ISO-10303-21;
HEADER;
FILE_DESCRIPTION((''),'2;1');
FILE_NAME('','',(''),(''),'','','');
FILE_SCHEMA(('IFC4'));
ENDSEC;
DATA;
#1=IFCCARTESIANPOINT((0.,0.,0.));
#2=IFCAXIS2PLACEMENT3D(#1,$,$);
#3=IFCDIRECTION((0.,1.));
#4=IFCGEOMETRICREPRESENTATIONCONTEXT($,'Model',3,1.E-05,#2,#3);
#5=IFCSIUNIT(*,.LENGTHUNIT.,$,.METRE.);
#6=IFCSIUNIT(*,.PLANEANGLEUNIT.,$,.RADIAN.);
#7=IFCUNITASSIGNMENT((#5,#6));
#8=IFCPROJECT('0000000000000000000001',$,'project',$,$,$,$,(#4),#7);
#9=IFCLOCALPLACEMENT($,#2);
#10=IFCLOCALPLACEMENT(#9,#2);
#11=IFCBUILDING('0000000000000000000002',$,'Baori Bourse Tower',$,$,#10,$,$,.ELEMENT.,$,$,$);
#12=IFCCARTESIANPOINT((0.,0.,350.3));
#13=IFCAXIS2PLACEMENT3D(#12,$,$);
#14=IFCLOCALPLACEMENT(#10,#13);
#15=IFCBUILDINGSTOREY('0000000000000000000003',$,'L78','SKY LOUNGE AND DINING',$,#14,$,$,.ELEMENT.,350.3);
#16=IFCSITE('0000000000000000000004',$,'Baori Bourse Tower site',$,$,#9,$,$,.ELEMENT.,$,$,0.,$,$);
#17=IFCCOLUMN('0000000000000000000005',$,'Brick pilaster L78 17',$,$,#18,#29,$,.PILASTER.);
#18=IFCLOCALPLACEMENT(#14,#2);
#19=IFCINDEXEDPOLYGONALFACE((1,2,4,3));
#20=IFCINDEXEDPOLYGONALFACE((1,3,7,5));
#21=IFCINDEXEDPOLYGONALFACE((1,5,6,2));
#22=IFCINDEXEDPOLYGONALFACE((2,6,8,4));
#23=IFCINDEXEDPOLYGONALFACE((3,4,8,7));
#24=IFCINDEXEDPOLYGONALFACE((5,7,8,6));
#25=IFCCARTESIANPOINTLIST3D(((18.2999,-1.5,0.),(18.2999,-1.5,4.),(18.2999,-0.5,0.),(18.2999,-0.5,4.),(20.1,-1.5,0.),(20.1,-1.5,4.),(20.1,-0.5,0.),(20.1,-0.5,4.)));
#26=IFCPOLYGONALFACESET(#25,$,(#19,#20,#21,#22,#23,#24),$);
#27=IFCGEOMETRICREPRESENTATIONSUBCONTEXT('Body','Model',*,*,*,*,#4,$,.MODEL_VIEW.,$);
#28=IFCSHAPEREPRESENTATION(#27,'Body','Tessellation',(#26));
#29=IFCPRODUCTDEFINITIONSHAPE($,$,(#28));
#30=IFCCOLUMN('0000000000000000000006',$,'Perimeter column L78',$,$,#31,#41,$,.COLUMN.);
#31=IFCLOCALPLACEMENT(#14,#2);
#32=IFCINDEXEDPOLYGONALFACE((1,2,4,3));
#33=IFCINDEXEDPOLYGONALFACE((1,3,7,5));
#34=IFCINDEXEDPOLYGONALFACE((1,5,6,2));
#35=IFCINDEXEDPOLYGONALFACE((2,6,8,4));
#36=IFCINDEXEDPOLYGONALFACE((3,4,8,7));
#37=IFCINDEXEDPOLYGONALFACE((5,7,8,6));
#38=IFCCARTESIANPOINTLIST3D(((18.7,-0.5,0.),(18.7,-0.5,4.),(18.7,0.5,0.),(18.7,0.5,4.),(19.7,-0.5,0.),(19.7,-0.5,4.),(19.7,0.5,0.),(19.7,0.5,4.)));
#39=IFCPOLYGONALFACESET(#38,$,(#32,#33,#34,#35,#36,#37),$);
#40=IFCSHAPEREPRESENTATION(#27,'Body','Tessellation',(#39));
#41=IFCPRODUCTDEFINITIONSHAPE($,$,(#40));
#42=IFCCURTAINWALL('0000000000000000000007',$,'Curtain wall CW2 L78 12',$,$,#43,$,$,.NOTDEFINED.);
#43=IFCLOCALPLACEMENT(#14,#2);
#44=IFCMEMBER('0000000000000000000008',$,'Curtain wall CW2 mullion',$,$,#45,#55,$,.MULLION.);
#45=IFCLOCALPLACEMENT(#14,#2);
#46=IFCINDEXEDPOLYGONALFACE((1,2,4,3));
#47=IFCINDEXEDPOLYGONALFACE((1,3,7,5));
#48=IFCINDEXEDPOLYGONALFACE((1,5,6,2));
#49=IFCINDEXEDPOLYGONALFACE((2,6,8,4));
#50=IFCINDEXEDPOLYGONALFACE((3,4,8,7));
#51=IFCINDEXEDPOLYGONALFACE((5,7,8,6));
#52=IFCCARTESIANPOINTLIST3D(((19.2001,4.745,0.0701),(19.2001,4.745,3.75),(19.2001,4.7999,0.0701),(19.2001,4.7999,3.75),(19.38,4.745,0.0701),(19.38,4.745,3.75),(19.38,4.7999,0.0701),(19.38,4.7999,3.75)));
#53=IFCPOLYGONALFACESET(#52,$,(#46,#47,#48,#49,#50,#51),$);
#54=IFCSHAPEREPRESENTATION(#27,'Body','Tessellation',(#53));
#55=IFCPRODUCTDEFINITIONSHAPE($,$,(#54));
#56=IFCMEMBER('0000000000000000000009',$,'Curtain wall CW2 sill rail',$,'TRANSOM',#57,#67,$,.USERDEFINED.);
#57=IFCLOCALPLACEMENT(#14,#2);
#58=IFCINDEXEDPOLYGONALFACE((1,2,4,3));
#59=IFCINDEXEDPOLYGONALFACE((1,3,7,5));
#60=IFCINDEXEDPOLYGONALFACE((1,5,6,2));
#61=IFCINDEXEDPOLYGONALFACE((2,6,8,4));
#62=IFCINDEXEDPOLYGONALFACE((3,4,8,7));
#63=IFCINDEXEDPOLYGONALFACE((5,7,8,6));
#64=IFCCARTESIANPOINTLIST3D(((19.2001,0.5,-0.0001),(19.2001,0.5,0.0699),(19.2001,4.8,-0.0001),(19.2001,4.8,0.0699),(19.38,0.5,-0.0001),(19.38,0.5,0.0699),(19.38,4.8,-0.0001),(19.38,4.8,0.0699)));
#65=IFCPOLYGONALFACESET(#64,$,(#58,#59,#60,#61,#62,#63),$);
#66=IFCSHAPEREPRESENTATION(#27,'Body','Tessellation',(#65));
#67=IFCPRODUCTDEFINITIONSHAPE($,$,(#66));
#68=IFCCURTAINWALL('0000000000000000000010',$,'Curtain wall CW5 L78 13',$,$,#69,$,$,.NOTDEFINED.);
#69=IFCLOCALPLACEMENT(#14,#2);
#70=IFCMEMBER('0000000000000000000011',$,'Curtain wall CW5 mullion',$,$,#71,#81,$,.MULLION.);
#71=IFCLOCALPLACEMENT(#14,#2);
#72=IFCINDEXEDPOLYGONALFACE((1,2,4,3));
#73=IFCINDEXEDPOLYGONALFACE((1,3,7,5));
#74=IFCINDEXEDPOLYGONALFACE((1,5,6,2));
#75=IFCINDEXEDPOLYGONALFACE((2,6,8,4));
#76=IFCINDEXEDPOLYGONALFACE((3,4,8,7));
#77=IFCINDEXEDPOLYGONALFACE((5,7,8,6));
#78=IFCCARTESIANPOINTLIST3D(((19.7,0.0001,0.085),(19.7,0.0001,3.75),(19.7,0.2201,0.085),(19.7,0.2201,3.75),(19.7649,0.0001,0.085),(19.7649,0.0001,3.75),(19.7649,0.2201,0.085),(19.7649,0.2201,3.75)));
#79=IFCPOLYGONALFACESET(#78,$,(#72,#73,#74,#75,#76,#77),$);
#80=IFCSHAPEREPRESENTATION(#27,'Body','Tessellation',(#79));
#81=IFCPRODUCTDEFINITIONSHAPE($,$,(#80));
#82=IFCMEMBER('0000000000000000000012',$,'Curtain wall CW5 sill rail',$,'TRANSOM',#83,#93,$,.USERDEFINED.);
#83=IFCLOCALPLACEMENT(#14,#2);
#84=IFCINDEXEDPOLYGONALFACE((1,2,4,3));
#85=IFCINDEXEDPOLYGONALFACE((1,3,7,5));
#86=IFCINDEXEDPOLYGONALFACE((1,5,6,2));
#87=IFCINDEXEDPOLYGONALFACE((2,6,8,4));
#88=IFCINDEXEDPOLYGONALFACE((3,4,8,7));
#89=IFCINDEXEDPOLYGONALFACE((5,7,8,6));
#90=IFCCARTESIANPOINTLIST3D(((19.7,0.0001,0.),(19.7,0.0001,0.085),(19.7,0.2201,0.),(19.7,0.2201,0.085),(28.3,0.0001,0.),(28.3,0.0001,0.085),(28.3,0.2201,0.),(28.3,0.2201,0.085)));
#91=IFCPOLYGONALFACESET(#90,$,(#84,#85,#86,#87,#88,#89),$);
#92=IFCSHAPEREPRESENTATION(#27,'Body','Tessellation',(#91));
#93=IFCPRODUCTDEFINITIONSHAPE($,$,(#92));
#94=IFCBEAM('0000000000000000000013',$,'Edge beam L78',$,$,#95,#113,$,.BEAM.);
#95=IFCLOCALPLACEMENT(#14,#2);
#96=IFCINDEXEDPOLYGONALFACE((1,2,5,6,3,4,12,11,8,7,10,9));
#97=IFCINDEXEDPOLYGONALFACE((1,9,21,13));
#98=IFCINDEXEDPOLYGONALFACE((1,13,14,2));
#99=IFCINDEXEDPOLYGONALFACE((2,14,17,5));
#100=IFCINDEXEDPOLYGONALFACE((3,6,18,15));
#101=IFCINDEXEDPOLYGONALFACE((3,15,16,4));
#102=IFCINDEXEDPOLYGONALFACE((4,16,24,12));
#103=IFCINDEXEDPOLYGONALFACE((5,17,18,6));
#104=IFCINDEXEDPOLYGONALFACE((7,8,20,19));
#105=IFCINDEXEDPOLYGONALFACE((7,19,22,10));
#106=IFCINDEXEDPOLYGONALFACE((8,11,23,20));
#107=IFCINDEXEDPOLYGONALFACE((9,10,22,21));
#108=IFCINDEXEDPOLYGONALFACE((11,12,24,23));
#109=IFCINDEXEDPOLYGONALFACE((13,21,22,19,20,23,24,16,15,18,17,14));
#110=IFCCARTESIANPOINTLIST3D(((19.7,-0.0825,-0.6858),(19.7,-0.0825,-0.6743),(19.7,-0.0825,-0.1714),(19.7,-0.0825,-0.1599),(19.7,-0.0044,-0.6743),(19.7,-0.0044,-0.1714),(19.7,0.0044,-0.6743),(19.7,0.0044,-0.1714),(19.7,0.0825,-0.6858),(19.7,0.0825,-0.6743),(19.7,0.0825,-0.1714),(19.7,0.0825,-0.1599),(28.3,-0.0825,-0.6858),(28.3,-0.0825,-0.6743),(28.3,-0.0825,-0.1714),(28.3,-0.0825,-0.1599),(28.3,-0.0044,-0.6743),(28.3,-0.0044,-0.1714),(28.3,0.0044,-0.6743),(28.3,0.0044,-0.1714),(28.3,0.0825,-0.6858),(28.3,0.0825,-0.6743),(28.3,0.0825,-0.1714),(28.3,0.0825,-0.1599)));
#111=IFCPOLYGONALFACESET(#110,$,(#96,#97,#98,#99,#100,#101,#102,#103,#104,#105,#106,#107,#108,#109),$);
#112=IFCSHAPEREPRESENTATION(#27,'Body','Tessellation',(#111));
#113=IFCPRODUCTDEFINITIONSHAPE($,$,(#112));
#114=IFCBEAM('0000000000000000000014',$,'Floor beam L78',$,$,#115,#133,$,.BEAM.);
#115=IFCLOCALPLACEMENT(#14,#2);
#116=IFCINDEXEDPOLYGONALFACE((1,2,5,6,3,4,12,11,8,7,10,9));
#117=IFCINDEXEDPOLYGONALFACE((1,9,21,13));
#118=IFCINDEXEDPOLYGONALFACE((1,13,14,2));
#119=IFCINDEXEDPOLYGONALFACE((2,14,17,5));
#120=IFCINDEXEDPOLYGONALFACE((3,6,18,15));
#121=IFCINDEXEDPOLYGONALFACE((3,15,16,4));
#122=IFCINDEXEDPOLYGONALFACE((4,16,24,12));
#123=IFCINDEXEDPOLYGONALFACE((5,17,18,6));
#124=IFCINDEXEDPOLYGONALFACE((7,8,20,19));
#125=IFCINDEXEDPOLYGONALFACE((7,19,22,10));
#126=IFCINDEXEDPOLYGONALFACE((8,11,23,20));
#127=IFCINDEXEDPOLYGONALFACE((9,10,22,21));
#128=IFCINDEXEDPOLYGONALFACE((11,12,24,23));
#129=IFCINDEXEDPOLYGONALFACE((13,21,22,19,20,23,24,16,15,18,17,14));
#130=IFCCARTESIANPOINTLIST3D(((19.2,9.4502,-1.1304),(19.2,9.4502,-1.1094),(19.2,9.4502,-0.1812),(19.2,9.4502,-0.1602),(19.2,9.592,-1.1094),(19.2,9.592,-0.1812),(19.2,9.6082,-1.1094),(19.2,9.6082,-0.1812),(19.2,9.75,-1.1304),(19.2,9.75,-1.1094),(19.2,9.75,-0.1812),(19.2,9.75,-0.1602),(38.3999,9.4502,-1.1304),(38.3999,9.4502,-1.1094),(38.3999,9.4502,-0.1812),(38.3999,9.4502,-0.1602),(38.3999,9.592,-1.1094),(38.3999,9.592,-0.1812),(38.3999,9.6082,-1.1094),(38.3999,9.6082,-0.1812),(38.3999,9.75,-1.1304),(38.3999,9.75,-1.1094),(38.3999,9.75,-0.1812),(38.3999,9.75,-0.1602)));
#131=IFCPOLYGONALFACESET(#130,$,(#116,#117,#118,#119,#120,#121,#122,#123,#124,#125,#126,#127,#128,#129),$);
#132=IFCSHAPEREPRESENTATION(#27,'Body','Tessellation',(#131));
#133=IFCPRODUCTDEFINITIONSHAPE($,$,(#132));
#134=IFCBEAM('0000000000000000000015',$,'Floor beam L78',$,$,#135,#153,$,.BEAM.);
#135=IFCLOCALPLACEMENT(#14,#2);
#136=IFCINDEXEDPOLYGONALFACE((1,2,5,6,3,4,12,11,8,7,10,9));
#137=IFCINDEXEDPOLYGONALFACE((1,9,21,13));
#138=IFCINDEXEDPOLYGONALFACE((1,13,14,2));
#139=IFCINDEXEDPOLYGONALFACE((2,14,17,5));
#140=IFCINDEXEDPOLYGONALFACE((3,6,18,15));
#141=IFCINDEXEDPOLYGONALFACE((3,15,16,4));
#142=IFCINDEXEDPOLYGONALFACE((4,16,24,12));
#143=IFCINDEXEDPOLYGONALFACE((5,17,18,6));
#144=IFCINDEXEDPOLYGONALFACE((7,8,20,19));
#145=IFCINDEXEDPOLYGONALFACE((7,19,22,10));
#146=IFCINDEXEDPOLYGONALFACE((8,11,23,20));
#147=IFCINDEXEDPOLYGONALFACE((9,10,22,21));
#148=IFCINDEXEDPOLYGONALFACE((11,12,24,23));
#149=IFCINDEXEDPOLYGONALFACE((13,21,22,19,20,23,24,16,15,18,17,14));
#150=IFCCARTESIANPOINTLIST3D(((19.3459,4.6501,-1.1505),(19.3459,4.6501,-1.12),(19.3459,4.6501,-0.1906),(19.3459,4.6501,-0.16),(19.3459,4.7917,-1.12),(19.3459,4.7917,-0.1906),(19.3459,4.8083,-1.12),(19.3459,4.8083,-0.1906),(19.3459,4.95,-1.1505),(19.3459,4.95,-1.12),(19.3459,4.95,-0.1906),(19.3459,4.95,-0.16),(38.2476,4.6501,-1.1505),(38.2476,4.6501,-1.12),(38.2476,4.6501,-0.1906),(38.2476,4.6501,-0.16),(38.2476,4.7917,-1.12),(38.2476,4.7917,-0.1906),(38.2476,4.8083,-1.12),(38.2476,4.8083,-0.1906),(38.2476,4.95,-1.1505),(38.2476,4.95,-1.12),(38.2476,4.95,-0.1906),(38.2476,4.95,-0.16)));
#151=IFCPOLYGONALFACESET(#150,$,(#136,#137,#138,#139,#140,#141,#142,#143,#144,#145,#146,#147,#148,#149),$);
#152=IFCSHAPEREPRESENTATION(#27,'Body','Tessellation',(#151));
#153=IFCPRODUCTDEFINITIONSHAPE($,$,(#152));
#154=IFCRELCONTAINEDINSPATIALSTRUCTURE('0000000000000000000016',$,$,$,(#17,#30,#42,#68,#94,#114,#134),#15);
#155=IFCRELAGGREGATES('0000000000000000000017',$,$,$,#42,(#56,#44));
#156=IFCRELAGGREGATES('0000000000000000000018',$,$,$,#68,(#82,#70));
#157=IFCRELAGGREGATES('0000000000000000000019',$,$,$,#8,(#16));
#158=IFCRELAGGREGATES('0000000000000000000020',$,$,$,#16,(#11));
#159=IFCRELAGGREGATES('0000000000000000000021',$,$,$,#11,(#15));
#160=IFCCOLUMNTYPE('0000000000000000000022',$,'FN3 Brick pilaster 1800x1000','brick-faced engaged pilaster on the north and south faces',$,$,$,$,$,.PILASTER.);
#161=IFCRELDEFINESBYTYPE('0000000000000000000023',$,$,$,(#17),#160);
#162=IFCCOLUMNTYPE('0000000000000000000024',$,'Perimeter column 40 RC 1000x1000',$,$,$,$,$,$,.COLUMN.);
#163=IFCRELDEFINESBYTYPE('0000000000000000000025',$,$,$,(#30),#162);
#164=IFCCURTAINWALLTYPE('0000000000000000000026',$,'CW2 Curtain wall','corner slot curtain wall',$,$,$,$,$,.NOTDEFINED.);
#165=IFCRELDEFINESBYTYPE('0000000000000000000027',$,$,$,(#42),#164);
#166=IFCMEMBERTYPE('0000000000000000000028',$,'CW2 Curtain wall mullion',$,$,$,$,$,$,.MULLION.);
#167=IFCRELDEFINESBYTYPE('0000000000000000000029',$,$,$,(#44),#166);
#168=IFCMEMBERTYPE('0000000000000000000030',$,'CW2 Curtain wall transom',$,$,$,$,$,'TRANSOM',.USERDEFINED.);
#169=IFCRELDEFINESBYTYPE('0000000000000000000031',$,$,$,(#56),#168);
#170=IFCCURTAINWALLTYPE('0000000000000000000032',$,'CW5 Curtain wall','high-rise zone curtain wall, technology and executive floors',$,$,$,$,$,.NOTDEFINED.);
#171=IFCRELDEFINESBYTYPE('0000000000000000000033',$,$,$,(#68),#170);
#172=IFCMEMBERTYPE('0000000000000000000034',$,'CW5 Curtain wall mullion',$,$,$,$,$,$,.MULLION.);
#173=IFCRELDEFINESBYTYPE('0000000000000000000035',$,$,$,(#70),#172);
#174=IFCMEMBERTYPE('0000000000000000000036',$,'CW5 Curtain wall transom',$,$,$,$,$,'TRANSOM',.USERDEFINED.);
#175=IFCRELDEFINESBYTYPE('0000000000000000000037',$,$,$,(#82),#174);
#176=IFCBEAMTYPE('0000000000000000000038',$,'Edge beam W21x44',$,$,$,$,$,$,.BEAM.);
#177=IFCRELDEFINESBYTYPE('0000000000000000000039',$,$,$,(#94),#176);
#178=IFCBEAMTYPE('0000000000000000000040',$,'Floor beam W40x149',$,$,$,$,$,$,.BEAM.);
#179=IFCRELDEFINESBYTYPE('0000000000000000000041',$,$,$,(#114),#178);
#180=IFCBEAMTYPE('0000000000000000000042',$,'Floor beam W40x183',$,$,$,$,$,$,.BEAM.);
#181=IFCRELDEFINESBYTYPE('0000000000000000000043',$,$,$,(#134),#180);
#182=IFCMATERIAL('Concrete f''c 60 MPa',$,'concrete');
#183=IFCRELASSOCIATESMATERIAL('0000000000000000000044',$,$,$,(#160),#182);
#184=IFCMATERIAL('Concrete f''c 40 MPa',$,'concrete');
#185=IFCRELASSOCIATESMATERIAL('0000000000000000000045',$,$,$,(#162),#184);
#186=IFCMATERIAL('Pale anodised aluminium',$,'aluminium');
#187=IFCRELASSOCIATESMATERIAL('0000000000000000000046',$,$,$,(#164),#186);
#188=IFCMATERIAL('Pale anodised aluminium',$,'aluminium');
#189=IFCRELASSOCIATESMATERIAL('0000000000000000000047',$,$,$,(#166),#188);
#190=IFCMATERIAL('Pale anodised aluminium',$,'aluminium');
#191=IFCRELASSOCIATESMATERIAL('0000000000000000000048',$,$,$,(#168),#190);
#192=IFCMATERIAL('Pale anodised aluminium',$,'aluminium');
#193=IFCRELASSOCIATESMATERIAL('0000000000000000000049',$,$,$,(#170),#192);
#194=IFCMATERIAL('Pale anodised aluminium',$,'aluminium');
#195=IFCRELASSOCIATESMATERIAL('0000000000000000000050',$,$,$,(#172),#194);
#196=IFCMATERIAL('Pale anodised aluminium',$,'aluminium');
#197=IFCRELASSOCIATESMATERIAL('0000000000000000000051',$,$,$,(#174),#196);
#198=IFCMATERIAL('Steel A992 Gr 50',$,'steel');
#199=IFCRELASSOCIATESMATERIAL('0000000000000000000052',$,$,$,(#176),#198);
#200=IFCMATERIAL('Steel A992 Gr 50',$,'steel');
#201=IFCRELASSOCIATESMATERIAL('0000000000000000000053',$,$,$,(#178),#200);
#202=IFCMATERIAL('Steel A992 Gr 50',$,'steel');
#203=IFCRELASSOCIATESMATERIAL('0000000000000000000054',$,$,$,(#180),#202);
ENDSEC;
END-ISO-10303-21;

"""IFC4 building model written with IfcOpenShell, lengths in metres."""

from ifc_helpers import new_model, si_unit, direction, frame, origin, origin_2d, place, context, subcontext, project, spatial, rectangle, i_section, extrude, material, material_profile, profile_set, type_object, element, aggregate, save


model = new_model("IFC4")

# Units and contexts
model_context = context("Model", 3, precision=1e-05, world=origin(), true_north=direction((0.0, 1.0)))
body_context = subcontext(model_context, "Body", "Model", "MODEL_VIEW")
ifc_project = project(units=[si_unit("LENGTHUNIT", "METRE"), si_unit("PLANEANGLEUNIT", "RADIAN")], contexts=[model_context])

# Site, building, storey
site_placement = place(None, origin())
site = spatial("IfcSite", under=ifc_project, at=site_placement, Name="Baori Bourse Tower site", CompositionType="ELEMENT", RefElevation=0.0)
building_placement = place(site_placement, origin())
building = spatial("IfcBuilding", under=site, at=building_placement, Name="Baori Bourse Tower", CompositionType="ELEMENT")
storey_placement = place(building_placement, frame((0.0, 0.0, 350.3)))
storey = spatial("IfcBuildingStorey", under=building, at=storey_placement, Name="L78", Description="SKY LOUNGE AND DINING", CompositionType="ELEMENT", Elevation=350.3)

# Columns
ifc_material_1 = material(Name="Concrete f'c 60 MPa", Category="concrete")
ifc_material_profile_1 = material_profile(ifc_material_1, rectangle(XDim=1.8, YDim=1.0, at=origin_2d()), Name="RC 1800x1000")
ifc_profile_set_1 = profile_set([ifc_material_profile_1], Name="Concrete f'c 60 MPa")
column_type_1 = type_object("IfcColumnType", Name="FN3 Brick pilaster 1800x1000", Description="brick-faced engaged pilaster on the north and south faces", PredefinedType="PILASTER", material=ifc_profile_set_1)
column_1_placement = place(storey_placement, frame((19.2, -1.0, 0.0), z_axis=(0.0, 0.0, 1.0), x_axis=(1.0, 0.0, 0.0)))
element("IfcColumn", 1, at=column_1_placement, inside=storey, type_object=column_type_1, Name="Brick pilaster L78 17", PredefinedType="PILASTER", context=body_context, shape_type="SweptSolid", body=[
    extrude(rectangle(XDim=1.8, YDim=1.0, at=origin_2d()), origin(), (0.0, 0.0, 1.0), 4.0),
])
ifc_material_2 = material(Name="Concrete f'c 40 MPa", Category="concrete")
ifc_material_profile_2 = material_profile(ifc_material_2, rectangle(XDim=1.0, YDim=1.0, at=origin_2d()), Name="RC 1000x1000")
ifc_profile_set_2 = profile_set([ifc_material_profile_2], Name="Concrete f'c 40 MPa")
column_type_2 = type_object("IfcColumnType", Name="Perimeter column 40 RC 1000x1000", PredefinedType="COLUMN", material=ifc_profile_set_2)
column_2_placement = place(storey_placement, frame((19.2, 0.0, 0.0), z_axis=(0.0, 0.0, 1.0), x_axis=(1.0, 0.0, 0.0)))
element("IfcColumn", 2, at=column_2_placement, inside=storey, type_object=column_type_2, Name="Perimeter column L78", PredefinedType="COLUMN", context=body_context, shape_type="SweptSolid", body=[
    extrude(rectangle(XDim=1.0, YDim=1.0, at=origin_2d()), origin(), (0.0, 0.0, 1.0), 4.0),
])

# Curtain walls, members
ifc_material_3 = material(Name="Pale anodised aluminium", Category="aluminium")
curtain_wall_type_1 = type_object("IfcCurtainWallType", Name="CW2 Curtain wall", Description="corner slot curtain wall", PredefinedType="NOTDEFINED", material=ifc_material_3)
curtain_wall_1_placement = place(storey_placement, origin())
curtain_wall_1 = element("IfcCurtainWall", 3, at=curtain_wall_1_placement, inside=storey, type_object=curtain_wall_type_1, Name="Curtain wall CW2 L78 12", PredefinedType="NOTDEFINED")
ifc_material_4 = material(Name="Pale anodised aluminium", Category="aluminium")
ifc_material_profile_3 = material_profile(ifc_material_4, rectangle(XDim=0.1799, YDim=0.0549, at=origin_2d()), Name="Mullion 55x180")
ifc_profile_set_3 = profile_set([ifc_material_profile_3], Name="Pale anodised aluminium")
member_type_1 = type_object("IfcMemberType", Name="CW2 Curtain wall mullion", PredefinedType="MULLION", material=ifc_profile_set_3)
member_1_placement = place(storey_placement, frame((19.29, 4.7725, 0.0701), z_axis=(0.0, 0.0, 1.0), x_axis=(1.0, 0.0, 0.0)))
member_1 = element("IfcMember", 4, at=member_1_placement, type_object=member_type_1, Name="Curtain wall CW2 mullion", PredefinedType="MULLION", context=body_context, shape_type="SweptSolid", body=[
    extrude(rectangle(XDim=0.1799, YDim=0.0549, at=origin_2d()), origin(), (0.0, 0.0, 1.0), 3.6799),
])
ifc_material_5 = material(Name="Pale anodised aluminium", Category="aluminium")
ifc_material_profile_4 = material_profile(ifc_material_5, rectangle(XDim=0.1799, YDim=0.0701, at=origin_2d()), Name="Transom 70x180")
ifc_profile_set_4 = profile_set([ifc_material_profile_4], Name="Pale anodised aluminium")
member_type_2 = type_object("IfcMemberType", Name="CW2 Curtain wall transom", ElementType="TRANSOM", PredefinedType="USERDEFINED", material=ifc_profile_set_4)
member_2_placement = place(storey_placement, frame((19.29, 4.8, 0.0349), z_axis=(0.0, -1.0, 0.0), x_axis=(1.0, 0.0, 0.0)))
member_2 = element("IfcMember", 5, at=member_2_placement, type_object=member_type_2, Name="Curtain wall CW2 sill rail", ObjectType="TRANSOM", PredefinedType="USERDEFINED", context=body_context, shape_type="SweptSolid", body=[
    extrude(rectangle(XDim=0.1799, YDim=0.0701, at=origin_2d()), origin(), (0.0, 0.0, 1.0), 4.3),
])
ifc_material_6 = material(Name="Pale anodised aluminium", Category="aluminium")
curtain_wall_type_2 = type_object("IfcCurtainWallType", Name="CW5 Curtain wall", Description="high-rise zone curtain wall, technology and executive floors", PredefinedType="NOTDEFINED", material=ifc_material_6)
curtain_wall_2_placement = place(storey_placement, origin())
curtain_wall_2 = element("IfcCurtainWall", 6, at=curtain_wall_2_placement, inside=storey, type_object=curtain_wall_type_2, Name="Curtain wall CW5 L78 13", PredefinedType="NOTDEFINED")
ifc_material_7 = material(Name="Pale anodised aluminium", Category="aluminium")
ifc_material_profile_5 = material_profile(ifc_material_7, rectangle(XDim=0.22, YDim=0.0649, at=origin_2d()), Name="Mullion 65x220")
ifc_profile_set_5 = profile_set([ifc_material_profile_5], Name="Pale anodised aluminium")
member_type_3 = type_object("IfcMemberType", Name="CW5 Curtain wall mullion", PredefinedType="MULLION", material=ifc_profile_set_5)
member_3_placement = place(storey_placement, frame((19.7324, 0.1101, 0.085), z_axis=(0.0, 0.0, 1.0), x_axis=(0.0, 1.0, 0.0)))
member_3 = element("IfcMember", 7, at=member_3_placement, type_object=member_type_3, Name="Curtain wall CW5 mullion", PredefinedType="MULLION", context=body_context, shape_type="SweptSolid", body=[
    extrude(rectangle(XDim=0.22, YDim=0.0649, at=origin_2d()), origin(), (0.0, 0.0, 1.0), 3.665),
])
ifc_material_8 = material(Name="Pale anodised aluminium", Category="aluminium")
ifc_material_profile_6 = material_profile(ifc_material_8, rectangle(XDim=0.22, YDim=0.085, at=origin_2d()), Name="Transom 85x220")
ifc_profile_set_6 = profile_set([ifc_material_profile_6], Name="Pale anodised aluminium")
member_type_4 = type_object("IfcMemberType", Name="CW5 Curtain wall transom", ElementType="TRANSOM", PredefinedType="USERDEFINED", material=ifc_profile_set_6)
member_4_placement = place(storey_placement, frame((19.7, 0.1101, 0.0425), z_axis=(1.0, 0.0, 0.0), x_axis=(0.0, 1.0, 0.0)))
member_4 = element("IfcMember", 8, at=member_4_placement, type_object=member_type_4, Name="Curtain wall CW5 sill rail", ObjectType="TRANSOM", PredefinedType="USERDEFINED", context=body_context, shape_type="SweptSolid", body=[
    extrude(rectangle(XDim=0.22, YDim=0.085, at=origin_2d()), origin(), (0.0, 0.0, 1.0), 8.6001),
])

# Beams
ifc_material_9 = material(Name="Steel A992 Gr 50", Category="steel")
ifc_material_profile_7 = material_profile(ifc_material_9, i_section(OverallWidth=0.165, OverallDepth=0.5259, WebThickness=0.0088, FlangeThickness=0.0115, at=origin_2d()), Name="W21x44")
ifc_profile_set_7 = profile_set([ifc_material_profile_7], Name="Steel A992 Gr 50")
beam_type_1 = type_object("IfcBeamType", Name="Edge beam W21x44", PredefinedType="BEAM", material=ifc_profile_set_7)
beam_1_placement = place(storey_placement, frame((19.7, 0.0, -0.4229), z_axis=(1.0, 0.0, 0.0), x_axis=(0.0, 1.0, 0.0)))
element("IfcBeam", 9, at=beam_1_placement, inside=storey, type_object=beam_type_1, Name="Edge beam L78", PredefinedType="BEAM", context=body_context, shape_type="SweptSolid", body=[
    extrude(i_section(OverallWidth=0.165, OverallDepth=0.5259, WebThickness=0.0088, FlangeThickness=0.0115, at=origin_2d()), origin(), (0.0, 0.0, 1.0), 8.6001),
])
ifc_material_10 = material(Name="Steel A992 Gr 50", Category="steel")
ifc_material_profile_8 = material_profile(ifc_material_10, i_section(OverallWidth=0.2998, OverallDepth=0.9702, WebThickness=0.0161, FlangeThickness=0.021, at=origin_2d()), Name="W40x149")
ifc_profile_set_8 = profile_set([ifc_material_profile_8], Name="Steel A992 Gr 50")
beam_type_2 = type_object("IfcBeamType", Name="Floor beam W40x149", PredefinedType="BEAM", material=ifc_profile_set_8)
beam_2_placement = place(storey_placement, frame((19.2, 9.6001, -0.6453), z_axis=(1.0, 0.0, 0.0), x_axis=(0.0, 1.0, 0.0)))
element("IfcBeam", 10, at=beam_2_placement, inside=storey, type_object=beam_type_2, Name="Floor beam L78", PredefinedType="BEAM", context=body_context, shape_type="SweptSolid", body=[
    extrude(i_section(OverallWidth=0.2998, OverallDepth=0.9702, WebThickness=0.0161, FlangeThickness=0.021, at=origin_2d()), origin(), (0.0, 0.0, 1.0), 19.2),
])
ifc_material_11 = material(Name="Steel A992 Gr 50", Category="steel")
ifc_material_profile_9 = material_profile(ifc_material_11, i_section(OverallWidth=0.2998, OverallDepth=0.9905, WebThickness=0.0166, FlangeThickness=0.0305, at=origin_2d()), Name="W40x183")
ifc_profile_set_9 = profile_set([ifc_material_profile_9], Name="Steel A992 Gr 50")
beam_type_3 = type_object("IfcBeamType", Name="Floor beam W40x183", PredefinedType="BEAM", material=ifc_profile_set_9)
beam_3_placement = place(storey_placement, frame((19.3459, 4.8, -0.6553), z_axis=(1.0, 0.0, 0.0), x_axis=(0.0, 1.0, 0.0)))
element("IfcBeam", 11, at=beam_3_placement, inside=storey, type_object=beam_type_3, Name="Floor beam L78", PredefinedType="BEAM", context=body_context, shape_type="SweptSolid", body=[
    extrude(i_section(OverallWidth=0.2998, OverallDepth=0.9905, WebThickness=0.0166, FlangeThickness=0.0305, at=origin_2d()), origin(), (0.0, 0.0, 1.0), 18.9016),
])

aggregate(curtain_wall_1, [member_2, member_1])
aggregate(curtain_wall_2, [member_4, member_3])

save(model, "model.ifc")
